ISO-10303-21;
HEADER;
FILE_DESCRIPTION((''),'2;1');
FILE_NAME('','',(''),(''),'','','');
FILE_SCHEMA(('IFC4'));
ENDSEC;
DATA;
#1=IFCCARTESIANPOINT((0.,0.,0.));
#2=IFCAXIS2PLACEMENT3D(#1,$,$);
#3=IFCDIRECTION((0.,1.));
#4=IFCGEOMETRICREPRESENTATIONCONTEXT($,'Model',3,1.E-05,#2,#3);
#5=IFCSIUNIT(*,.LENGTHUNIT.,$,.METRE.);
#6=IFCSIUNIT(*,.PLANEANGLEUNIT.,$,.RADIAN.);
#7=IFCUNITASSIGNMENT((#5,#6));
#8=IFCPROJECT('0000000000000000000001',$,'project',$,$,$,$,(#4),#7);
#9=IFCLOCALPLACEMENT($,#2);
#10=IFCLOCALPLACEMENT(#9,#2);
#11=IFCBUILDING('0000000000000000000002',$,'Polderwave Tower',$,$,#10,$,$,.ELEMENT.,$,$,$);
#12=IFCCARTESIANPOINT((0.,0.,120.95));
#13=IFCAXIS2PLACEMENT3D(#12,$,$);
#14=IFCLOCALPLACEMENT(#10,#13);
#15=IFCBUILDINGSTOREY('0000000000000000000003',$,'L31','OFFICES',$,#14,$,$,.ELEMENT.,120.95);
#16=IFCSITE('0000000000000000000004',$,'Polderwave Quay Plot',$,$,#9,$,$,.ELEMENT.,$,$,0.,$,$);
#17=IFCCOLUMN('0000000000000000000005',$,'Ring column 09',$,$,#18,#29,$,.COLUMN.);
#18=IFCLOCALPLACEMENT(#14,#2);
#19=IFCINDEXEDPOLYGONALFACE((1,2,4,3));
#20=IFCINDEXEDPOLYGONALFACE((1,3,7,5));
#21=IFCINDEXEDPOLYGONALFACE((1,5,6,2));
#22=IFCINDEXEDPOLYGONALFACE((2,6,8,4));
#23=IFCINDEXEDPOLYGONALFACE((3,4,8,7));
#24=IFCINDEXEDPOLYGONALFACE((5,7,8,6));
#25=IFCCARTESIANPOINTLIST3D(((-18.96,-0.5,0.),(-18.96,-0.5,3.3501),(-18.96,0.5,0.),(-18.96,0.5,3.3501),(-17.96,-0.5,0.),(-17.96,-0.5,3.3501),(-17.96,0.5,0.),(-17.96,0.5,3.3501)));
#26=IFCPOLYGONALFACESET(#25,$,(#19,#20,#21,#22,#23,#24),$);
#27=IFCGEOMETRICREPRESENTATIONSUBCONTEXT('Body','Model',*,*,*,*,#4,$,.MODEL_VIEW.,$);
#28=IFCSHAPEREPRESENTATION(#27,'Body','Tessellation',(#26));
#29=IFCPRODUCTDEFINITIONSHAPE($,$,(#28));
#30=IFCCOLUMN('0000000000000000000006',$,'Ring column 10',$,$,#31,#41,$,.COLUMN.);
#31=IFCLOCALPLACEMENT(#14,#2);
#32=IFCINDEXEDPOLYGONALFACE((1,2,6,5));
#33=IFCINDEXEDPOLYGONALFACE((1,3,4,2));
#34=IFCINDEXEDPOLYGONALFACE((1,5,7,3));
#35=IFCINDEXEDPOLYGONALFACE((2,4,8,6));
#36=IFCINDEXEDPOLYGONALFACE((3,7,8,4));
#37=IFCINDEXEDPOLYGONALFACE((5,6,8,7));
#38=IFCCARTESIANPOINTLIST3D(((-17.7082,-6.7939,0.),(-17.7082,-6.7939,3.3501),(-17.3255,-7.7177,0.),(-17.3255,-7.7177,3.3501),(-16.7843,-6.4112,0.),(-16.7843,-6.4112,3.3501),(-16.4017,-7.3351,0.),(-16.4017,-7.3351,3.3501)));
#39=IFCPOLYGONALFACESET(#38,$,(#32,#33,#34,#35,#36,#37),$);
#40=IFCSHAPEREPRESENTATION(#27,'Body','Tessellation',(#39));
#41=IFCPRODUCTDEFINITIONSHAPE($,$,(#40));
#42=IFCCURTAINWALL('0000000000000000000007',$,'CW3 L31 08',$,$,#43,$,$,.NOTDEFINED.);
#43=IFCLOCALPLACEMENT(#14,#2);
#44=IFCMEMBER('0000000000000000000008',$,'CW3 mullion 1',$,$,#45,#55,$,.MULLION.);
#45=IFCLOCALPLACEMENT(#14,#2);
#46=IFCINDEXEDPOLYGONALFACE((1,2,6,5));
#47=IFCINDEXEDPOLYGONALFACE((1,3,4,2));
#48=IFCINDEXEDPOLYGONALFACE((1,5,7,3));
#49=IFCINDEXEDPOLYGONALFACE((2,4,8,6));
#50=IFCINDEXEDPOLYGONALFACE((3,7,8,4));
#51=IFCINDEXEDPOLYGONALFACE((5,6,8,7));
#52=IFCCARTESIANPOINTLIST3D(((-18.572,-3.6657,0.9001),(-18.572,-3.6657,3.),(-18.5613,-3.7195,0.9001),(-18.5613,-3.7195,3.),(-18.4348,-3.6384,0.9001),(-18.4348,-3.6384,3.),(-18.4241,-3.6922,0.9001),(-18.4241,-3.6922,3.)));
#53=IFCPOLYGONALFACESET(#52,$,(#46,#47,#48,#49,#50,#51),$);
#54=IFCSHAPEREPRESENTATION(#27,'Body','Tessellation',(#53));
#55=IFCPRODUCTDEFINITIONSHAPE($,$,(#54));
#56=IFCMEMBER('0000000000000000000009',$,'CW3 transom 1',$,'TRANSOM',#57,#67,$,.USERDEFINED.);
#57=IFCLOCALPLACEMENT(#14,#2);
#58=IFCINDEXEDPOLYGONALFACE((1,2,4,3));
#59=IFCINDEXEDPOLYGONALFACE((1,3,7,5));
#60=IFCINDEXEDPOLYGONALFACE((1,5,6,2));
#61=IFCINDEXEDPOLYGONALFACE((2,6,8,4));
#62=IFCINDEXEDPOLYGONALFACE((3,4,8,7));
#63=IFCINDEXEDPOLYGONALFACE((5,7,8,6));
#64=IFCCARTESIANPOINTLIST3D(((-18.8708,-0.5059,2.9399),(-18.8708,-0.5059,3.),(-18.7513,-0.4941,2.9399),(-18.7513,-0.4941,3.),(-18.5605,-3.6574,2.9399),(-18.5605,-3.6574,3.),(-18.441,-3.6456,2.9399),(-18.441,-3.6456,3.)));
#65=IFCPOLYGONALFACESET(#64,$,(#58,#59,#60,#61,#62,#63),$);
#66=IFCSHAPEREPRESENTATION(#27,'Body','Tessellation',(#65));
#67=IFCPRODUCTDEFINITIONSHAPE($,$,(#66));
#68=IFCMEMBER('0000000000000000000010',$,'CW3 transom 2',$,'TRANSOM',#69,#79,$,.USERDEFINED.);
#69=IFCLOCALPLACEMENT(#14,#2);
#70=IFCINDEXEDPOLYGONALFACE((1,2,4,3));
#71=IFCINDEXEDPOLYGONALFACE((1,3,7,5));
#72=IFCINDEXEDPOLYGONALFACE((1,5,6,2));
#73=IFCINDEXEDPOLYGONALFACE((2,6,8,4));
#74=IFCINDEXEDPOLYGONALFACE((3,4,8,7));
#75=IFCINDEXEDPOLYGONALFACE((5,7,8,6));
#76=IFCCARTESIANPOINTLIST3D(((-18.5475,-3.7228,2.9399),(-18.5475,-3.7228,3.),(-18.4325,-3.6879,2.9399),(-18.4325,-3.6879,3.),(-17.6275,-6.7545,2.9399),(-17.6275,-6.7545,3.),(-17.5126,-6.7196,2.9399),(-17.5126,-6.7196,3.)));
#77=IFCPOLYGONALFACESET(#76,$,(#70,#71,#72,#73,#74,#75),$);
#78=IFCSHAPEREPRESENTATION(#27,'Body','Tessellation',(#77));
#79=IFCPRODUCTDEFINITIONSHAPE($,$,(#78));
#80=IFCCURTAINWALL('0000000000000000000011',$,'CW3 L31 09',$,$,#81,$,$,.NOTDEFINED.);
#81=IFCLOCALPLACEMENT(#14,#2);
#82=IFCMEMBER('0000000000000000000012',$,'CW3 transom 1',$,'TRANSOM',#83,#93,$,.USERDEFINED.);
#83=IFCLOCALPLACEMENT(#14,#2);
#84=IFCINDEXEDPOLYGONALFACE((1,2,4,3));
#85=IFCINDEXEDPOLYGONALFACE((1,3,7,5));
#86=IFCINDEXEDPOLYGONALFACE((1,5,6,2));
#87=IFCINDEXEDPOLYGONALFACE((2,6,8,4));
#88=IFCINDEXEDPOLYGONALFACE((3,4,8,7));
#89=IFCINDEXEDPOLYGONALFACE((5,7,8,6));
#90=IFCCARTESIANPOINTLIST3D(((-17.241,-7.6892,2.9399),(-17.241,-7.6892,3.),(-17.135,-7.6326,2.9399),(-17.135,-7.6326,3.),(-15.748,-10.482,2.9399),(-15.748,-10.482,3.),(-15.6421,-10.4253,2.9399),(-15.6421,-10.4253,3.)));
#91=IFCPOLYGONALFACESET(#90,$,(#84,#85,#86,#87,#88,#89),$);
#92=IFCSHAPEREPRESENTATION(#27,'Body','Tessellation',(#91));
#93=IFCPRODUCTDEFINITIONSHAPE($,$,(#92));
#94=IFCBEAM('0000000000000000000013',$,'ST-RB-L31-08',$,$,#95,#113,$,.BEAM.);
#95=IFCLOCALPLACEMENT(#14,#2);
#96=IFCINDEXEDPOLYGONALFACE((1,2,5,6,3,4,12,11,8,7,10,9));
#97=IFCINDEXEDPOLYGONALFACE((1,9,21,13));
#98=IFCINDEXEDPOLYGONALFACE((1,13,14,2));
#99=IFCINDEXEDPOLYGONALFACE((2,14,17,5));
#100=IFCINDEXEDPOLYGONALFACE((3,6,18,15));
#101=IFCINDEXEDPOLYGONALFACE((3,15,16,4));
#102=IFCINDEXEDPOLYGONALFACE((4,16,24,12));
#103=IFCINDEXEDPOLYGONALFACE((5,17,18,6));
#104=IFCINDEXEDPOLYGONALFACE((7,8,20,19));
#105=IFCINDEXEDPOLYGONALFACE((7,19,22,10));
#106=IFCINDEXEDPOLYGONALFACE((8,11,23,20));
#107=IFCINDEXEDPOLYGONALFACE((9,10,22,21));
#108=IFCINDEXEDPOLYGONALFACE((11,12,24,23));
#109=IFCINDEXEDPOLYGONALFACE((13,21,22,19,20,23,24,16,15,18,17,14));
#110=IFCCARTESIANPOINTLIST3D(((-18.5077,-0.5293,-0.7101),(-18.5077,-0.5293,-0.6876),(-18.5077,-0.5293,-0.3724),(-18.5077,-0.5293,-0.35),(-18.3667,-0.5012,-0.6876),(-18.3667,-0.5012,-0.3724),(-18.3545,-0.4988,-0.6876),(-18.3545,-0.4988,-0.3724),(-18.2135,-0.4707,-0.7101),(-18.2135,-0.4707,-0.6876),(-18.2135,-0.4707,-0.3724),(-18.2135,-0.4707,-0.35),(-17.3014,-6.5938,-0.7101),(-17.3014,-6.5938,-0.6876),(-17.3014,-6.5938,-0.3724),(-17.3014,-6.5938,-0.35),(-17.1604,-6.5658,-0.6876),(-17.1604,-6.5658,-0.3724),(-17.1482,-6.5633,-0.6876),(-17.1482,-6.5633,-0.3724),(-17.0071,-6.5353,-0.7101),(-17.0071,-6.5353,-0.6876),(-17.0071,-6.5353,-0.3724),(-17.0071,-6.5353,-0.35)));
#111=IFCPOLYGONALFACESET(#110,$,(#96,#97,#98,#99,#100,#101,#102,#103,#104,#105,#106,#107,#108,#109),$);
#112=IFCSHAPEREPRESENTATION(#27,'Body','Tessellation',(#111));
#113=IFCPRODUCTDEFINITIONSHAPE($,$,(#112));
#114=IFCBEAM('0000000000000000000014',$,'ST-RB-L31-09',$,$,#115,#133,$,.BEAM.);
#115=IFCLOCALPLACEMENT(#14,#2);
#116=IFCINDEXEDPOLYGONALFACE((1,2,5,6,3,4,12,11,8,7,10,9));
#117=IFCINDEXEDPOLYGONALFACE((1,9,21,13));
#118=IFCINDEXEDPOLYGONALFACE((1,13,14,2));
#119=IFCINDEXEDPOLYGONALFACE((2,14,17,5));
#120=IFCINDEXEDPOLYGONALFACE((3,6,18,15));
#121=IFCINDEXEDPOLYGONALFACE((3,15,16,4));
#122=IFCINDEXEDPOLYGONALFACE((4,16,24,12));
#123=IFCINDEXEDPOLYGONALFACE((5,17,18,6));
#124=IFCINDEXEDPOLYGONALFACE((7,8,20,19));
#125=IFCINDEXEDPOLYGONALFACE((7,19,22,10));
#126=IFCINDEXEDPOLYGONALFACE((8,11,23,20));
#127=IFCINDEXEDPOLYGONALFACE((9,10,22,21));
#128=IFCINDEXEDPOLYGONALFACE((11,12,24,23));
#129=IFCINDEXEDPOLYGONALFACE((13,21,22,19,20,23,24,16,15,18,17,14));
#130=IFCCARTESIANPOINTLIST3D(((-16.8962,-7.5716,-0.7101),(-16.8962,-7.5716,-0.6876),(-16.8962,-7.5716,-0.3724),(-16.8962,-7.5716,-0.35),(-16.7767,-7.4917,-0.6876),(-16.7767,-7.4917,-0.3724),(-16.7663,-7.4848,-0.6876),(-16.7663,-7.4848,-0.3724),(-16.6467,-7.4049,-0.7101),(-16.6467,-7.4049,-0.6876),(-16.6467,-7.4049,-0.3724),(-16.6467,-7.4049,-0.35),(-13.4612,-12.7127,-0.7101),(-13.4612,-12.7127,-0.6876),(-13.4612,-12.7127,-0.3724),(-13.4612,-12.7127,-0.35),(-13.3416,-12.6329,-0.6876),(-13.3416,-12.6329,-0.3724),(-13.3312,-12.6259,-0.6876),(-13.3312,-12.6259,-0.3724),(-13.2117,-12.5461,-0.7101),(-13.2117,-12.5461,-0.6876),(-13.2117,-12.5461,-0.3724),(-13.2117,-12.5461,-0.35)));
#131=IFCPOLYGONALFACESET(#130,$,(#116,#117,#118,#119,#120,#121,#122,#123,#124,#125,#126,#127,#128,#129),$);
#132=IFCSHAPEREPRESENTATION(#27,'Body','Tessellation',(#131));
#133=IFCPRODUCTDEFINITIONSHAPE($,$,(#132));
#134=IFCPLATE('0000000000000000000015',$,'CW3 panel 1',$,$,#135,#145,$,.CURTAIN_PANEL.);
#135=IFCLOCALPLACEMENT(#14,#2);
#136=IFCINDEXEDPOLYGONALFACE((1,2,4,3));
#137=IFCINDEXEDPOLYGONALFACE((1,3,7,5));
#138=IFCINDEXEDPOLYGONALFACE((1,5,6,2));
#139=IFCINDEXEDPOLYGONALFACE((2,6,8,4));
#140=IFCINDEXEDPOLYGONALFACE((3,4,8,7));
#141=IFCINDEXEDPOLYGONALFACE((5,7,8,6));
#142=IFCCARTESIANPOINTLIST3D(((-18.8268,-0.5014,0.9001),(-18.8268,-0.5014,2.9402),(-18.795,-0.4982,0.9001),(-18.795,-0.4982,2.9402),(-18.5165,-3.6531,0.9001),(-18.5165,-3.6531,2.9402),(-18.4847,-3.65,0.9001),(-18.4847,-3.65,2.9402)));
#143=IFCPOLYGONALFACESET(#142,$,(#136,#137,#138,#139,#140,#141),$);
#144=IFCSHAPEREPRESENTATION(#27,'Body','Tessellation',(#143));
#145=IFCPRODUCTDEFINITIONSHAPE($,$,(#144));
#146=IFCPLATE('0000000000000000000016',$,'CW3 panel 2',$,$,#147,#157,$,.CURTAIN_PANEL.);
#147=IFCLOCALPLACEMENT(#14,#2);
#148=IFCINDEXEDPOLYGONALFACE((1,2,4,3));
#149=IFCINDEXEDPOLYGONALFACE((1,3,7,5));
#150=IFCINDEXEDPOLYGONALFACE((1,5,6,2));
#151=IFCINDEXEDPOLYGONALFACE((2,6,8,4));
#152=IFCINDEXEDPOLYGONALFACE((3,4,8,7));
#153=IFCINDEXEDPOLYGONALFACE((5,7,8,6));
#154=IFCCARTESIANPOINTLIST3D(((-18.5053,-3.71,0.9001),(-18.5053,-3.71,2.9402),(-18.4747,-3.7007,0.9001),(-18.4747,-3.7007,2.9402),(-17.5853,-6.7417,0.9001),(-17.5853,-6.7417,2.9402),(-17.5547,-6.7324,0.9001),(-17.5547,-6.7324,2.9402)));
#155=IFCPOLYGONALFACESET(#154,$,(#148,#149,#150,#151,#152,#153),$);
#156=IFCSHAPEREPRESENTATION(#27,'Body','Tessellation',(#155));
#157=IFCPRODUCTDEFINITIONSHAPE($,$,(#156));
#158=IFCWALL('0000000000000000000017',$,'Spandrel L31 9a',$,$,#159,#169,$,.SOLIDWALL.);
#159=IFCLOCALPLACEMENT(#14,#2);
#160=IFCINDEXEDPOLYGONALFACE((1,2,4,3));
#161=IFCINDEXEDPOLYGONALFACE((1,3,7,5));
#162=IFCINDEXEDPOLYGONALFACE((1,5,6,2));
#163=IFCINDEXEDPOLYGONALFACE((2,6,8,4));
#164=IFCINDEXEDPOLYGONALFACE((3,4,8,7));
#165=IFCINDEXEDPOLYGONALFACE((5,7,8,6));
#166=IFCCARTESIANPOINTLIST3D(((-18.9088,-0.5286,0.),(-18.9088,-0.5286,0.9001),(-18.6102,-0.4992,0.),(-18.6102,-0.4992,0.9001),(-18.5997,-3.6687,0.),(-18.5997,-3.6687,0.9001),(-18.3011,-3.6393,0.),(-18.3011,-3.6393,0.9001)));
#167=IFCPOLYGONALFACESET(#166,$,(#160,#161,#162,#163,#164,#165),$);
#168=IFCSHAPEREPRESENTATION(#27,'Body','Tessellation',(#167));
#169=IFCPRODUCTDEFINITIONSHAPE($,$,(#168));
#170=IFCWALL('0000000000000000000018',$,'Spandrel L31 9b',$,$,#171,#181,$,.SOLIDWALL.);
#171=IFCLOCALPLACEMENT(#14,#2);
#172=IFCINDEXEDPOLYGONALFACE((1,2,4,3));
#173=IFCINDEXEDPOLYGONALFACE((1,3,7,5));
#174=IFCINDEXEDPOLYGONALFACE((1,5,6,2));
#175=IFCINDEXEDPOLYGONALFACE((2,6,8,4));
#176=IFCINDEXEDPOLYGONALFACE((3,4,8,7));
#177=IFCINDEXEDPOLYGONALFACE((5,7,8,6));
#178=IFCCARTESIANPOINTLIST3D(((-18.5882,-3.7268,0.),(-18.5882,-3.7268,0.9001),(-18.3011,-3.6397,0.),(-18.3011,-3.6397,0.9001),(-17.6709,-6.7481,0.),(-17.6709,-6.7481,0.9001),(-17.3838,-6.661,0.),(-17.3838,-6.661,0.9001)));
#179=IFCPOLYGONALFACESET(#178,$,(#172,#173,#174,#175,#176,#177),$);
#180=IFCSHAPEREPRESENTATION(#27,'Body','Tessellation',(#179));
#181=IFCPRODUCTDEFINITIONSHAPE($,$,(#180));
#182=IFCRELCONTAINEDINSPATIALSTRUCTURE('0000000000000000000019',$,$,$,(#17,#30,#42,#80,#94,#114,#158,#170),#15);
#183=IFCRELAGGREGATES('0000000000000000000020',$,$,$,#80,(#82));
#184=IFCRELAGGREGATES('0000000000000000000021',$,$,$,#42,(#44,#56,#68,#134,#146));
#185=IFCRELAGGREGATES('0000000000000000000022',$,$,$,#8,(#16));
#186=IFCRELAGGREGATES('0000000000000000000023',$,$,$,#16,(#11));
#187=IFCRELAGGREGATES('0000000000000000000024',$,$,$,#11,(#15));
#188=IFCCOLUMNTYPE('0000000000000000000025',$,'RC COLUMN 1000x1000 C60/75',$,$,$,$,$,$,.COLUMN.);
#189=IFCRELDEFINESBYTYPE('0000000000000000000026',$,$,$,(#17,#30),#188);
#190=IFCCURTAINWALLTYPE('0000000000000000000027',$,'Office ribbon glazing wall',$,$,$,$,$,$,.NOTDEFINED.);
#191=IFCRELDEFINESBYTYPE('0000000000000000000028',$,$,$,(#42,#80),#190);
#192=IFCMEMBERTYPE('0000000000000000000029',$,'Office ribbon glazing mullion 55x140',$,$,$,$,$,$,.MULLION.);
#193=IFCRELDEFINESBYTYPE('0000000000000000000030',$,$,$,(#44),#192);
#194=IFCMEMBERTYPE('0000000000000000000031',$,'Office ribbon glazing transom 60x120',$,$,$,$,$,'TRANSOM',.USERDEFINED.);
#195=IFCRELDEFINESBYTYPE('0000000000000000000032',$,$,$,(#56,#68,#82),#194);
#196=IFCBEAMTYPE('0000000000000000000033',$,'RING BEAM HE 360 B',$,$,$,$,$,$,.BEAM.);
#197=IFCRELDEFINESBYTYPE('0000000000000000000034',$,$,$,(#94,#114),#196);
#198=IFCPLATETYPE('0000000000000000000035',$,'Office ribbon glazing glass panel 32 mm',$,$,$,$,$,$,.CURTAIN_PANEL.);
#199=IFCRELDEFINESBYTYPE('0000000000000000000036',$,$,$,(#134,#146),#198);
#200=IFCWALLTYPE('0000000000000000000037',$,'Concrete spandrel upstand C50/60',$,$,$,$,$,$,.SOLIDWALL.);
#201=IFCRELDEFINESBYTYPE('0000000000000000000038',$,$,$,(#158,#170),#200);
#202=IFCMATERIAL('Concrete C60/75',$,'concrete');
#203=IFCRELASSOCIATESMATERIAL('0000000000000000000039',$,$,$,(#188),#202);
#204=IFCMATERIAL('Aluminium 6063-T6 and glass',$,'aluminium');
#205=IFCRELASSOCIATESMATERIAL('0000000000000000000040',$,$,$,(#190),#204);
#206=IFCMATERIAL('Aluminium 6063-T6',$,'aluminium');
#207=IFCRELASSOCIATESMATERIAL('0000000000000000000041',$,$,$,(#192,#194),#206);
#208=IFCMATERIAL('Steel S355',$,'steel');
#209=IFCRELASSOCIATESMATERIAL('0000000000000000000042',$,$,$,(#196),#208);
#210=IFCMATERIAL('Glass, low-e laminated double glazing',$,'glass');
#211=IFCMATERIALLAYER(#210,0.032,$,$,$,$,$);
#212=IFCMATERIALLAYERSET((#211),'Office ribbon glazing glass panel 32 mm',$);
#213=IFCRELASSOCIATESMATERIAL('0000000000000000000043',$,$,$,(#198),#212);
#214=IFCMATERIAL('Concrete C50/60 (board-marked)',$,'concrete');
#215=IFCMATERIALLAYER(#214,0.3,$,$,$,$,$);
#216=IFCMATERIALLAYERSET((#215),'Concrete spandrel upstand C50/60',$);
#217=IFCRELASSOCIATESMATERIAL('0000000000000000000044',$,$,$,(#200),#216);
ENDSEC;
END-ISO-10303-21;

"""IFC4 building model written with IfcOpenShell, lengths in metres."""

from ifc_helpers import new_model, si_unit, direction, frame, frame_2d, origin, origin_2d, place, context, subcontext, project, spatial, rectangle, i_section, extrude, material, layer, layer_set, material_profile, profile_set, type_object, element, aggregate, save


model = new_model("IFC4")

# Units and contexts
model_context = context("Model", 3, precision=1e-05, world=origin(), true_north=direction((0.0, 1.0)))
body_context = subcontext(model_context, "Body", "Model", "MODEL_VIEW")
ifc_project = project(units=[si_unit("LENGTHUNIT", "METRE"), si_unit("PLANEANGLEUNIT", "RADIAN")], contexts=[model_context])

# Site, building, storey
site_placement = place(None, origin())
site = spatial("IfcSite", under=ifc_project, at=site_placement, Name="Polderwave Quay Plot", CompositionType="ELEMENT", RefElevation=0.0)
building_placement = place(site_placement, origin())
building = spatial("IfcBuilding", under=site, at=building_placement, Name="Polderwave Tower", CompositionType="ELEMENT")
storey_placement = place(building_placement, frame((0.0, 0.0, 120.95)))
storey = spatial("IfcBuildingStorey", under=building, at=storey_placement, Name="L31", Description="OFFICES", CompositionType="ELEMENT", Elevation=120.95)

# Columns
ifc_material_1 = material(Name="Concrete C60/75", Category="concrete")
ifc_material_profile_1 = material_profile(ifc_material_1, rectangle(XDim=1.0, YDim=1.0, at=origin_2d()), Name="RC 1000x1000")
ifc_profile_set_1 = profile_set([ifc_material_profile_1], Name="Concrete C60/75")
column_type = type_object("IfcColumnType", Name="RC COLUMN 1000x1000 C60/75", PredefinedType="COLUMN", material=ifc_profile_set_1)
for number, where, z_axis, x_axis, name in (
    (1, (-18.46, 0.0, 0.0), (0.0, 0.0, 1.0), (-1.0, 0.0, 0.0), "Ring column 09"),
    (2, (-17.0549, -7.0645, 0.0), (0.0, 0.0, 1.0), (-0.92388, -0.382683, 0.0), "Ring column 10"),
):
    element("IfcColumn", number, at=place(storey_placement, frame(where, z_axis=z_axis, x_axis=x_axis)), inside=storey, type_object=column_type, Name=name, PredefinedType="COLUMN", context=body_context, shape_type="SweptSolid", body=[
        extrude(rectangle(XDim=1.0, YDim=1.0, at=origin_2d()), origin(), (0.0, 0.0, 1.0), 3.3501),
    ])

# Curtain wall, members
ifc_material_2 = material(Name="Aluminium 6063-T6 and glass", Category="aluminium")
curtain_wall_type = type_object("IfcCurtainWallType", Name="Office ribbon glazing wall", PredefinedType="NOTDEFINED", material=ifc_material_2)
curtain_wall_1_placement = place(storey_placement, origin())
curtain_wall_1 = element("IfcCurtainWall", 3, at=curtain_wall_1_placement, inside=storey, type_object=curtain_wall_type, Name="CW3 L31 08", PredefinedType="NOTDEFINED")
ifc_material_3 = material(Name="Aluminium 6063-T6", Category="aluminium")
ifc_material_profile_2 = material_profile(ifc_material_3, rectangle(XDim=0.1399, YDim=0.0549, at=origin_2d()), Name="AL 55x140")
ifc_profile_set_2 = profile_set([ifc_material_profile_2], Name="Aluminium 6063-T6")
member_type_1 = type_object("IfcMemberType", Name="Office ribbon glazing mullion 55x140", PredefinedType="MULLION", material=ifc_profile_set_2)
member_1_placement = place(storey_placement, frame((-18.498, -3.679, 0.9001), z_axis=(0.0, 0.0, 1.0), x_axis=(0.980778, 0.195128, 0.0)))
member_1 = element("IfcMember", 4, at=member_1_placement, type_object=member_type_1, Name="CW3 mullion 1", PredefinedType="MULLION", context=body_context, shape_type="SweptSolid", body=[
    extrude(rectangle(XDim=0.1399, YDim=0.0549, at=origin_2d()), origin(), (0.0, 0.0, 1.0), 2.0999),
])
ifc_material_profile_3 = material_profile(ifc_material_3, rectangle(XDim=0.1201, YDim=0.0601, at=origin_2d()), Name="AL 60x120")
ifc_profile_set_3 = profile_set([ifc_material_profile_3], Name="Aluminium 6063-T6")
member_type_2 = type_object("IfcMemberType", Name="Office ribbon glazing transom 60x120", ElementType="TRANSOM", PredefinedType="USERDEFINED", material=ifc_profile_set_3)
member_2_placement = place(storey_placement, frame((-18.811, -0.5, 2.97), z_axis=(0.097985, -0.995188, 0.0), x_axis=(0.995188, 0.097985, 0.0)))
member_2 = element("IfcMember", 5, at=member_2_placement, type_object=member_type_2, Name="CW3 transom 1", ObjectType="TRANSOM", PredefinedType="USERDEFINED", context=body_context, shape_type="SweptSolid", body=[
    extrude(rectangle(XDim=0.1201, YDim=0.0601, at=origin_2d()), origin(), (0.0, 0.0, 1.0), 3.1667),
])
member_3_placement = place(storey_placement, frame((-18.49, -3.7053, 2.97), z_axis=(0.290358, -0.956918, 0.0), x_axis=(0.956918, 0.290358, 0.0)))
member_3 = element("IfcMember", 6, at=member_3_placement, type_object=member_type_2, Name="CW3 transom 2", ObjectType="TRANSOM", PredefinedType="USERDEFINED", context=body_context, shape_type="SweptSolid", body=[
    extrude(rectangle(XDim=0.1201, YDim=0.0601, at=origin_2d()), origin(), (0.0, 0.0, 1.0), 3.1682),
])

# Curtain wall, member
curtain_wall_2_placement = place(storey_placement, origin())
curtain_wall_2 = element("IfcCurtainWall", 7, at=curtain_wall_2_placement, inside=storey, type_object=curtain_wall_type, Name="CW3 L31 09", PredefinedType="NOTDEFINED")
member_4_placement = place(storey_placement, frame((-17.188, -7.6609, 2.97), z_axis=(0.47144, -0.881898, 0.0), x_axis=(0.881898, 0.47144, 0.0)))
member_4 = element("IfcMember", 8, at=member_4_placement, type_object=member_type_2, Name="CW3 transom 1", ObjectType="TRANSOM", PredefinedType="USERDEFINED", context=body_context, shape_type="SweptSolid", body=[
    extrude(rectangle(XDim=0.1201, YDim=0.0601, at=origin_2d()), origin(), (0.0, 0.0, 1.0), 3.1667),
])
aggregate(curtain_wall_2, [member_4])

# Beams
ifc_material_4 = material(Name="Steel S355", Category="steel")
ifc_material_profile_4 = material_profile(ifc_material_4, i_section(OverallWidth=0.3, OverallDepth=0.3601, WebThickness=0.0125, FlangeThickness=0.0225, at=origin_2d()), Name="HE 360 B")
ifc_profile_set_4 = profile_set([ifc_material_profile_4], Name="Steel S355")
beam_type = type_object("IfcBeamType", Name="RING BEAM HE 360 B", PredefinedType="BEAM", material=ifc_profile_set_4)
beam_1_placement = place(storey_placement, frame((-18.3606, -0.5, -0.53), z_axis=(0.195091, -0.980785, 0.0), x_axis=(0.980785, 0.195091, 0.0)))
element("IfcBeam", 9, at=beam_1_placement, inside=storey, type_object=beam_type, Name="ST-RB-L31-08", PredefinedType="BEAM", context=body_context, shape_type="SweptSolid", body=[
    extrude(i_section(OverallWidth=0.3, OverallDepth=0.3601, WebThickness=0.0125, FlangeThickness=0.0225, at=origin_2d()), origin(), (0.0, 0.0, 1.0), 6.1833),
])
beam_2_placement = place(storey_placement, frame((-16.7715, -7.4883, -0.53), z_axis=(0.555556, -0.831479, 0.0), x_axis=(0.831479, 0.555556, 0.0)))
element("IfcBeam", 10, at=beam_2_placement, inside=storey, type_object=beam_type, Name="ST-RB-L31-09", PredefinedType="BEAM", context=body_context, shape_type="SweptSolid", body=[
    extrude(i_section(OverallWidth=0.3, OverallDepth=0.3601, WebThickness=0.0125, FlangeThickness=0.0225, at=origin_2d()), origin(), (0.0, 0.0, 1.0), 6.1831),
])

# Plates
ifc_material_5 = material(Name="Glass, low-e laminated double glazing", Category="glass")
ifc_layer_1 = layer(ifc_material_5, 0.032)
ifc_layer_set_1 = layer_set([ifc_layer_1], Name="Office ribbon glazing glass panel 32 mm")
plate_type = type_object("IfcPlateType", Name="Office ribbon glazing glass panel 32 mm", PredefinedType="CURTAIN_PANEL", material=ifc_layer_set_1)
plate_1_placement = place(storey_placement, frame((-18.6558, -2.0757, 0.9001), z_axis=(0.0, 0.0, 1.0), x_axis=(0.097984, -0.995188, 0.0)))
plate_1 = element("IfcPlate", 11, at=plate_1_placement, type_object=plate_type, Name="CW3 panel 1", PredefinedType="CURTAIN_PANEL", context=body_context, shape_type="SweptSolid", body=[
    extrude(rectangle(XDim=3.167, YDim=0.032, at=origin_2d()), origin(), (0.0, 0.0, 1.0), 2.04),
])
plate_2_placement = place(storey_placement, frame((-18.03, -5.2212, 0.9001), z_axis=(0.0, 0.0, 1.0), x_axis=(0.29039, -0.956908, 0.0)))
plate_2 = element("IfcPlate", 12, at=plate_2_placement, type_object=plate_type, Name="CW3 panel 2", PredefinedType="CURTAIN_PANEL", context=body_context, shape_type="SweptSolid", body=[
    extrude(rectangle(XDim=3.1682, YDim=0.032, at=origin_2d()), origin(), (0.0, 0.0, 1.0), 2.04),
])
aggregate(curtain_wall_1, [member_1, member_2, member_3, plate_1, plate_2])

# Walls
ifc_material_6 = material(Name="Concrete C50/60 (board-marked)", Category="concrete")
ifc_layer_2 = layer(ifc_material_6, 0.3)
ifc_layer_set_2 = layer_set([ifc_layer_2], Name="Concrete spandrel upstand C50/60")
wall_type_1 = type_object("IfcWallType", Name="Concrete spandrel upstand C50/60", PredefinedType="SOLIDWALL", material=ifc_layer_set_2)
wall_1_placement = place(storey_placement, frame((-18.7595, -0.5139, 0.0), z_axis=(0.0, 0.0, 1.0), x_axis=(0.097956, -0.995191, 0.0)))
element("IfcWall", 13, at=wall_1_placement, inside=storey, type_object=wall_type_1, Name="Spandrel L31 9a", PredefinedType="SOLIDWALL", context=body_context, shape_type="SweptSolid", body=[
    extrude(rectangle(XDim=3.1553, YDim=0.3, at=frame_2d((1.5776, 0.0))), origin(), (0.0, 0.0, 1.0), 0.9001),
])
wall_2_placement = place(storey_placement, frame((-18.4446, -3.6833, 0.0), z_axis=(0.0, 0.0, 1.0), x_axis=(0.290503, -0.956874, 0.0)))
element("IfcWall", 14, at=wall_2_placement, inside=storey, type_object=wall_type_1, Name="Spandrel L31 9b", PredefinedType="SOLIDWALL", context=body_context, shape_type="SweptSolid", body=[
    extrude(rectangle(XDim=3.1575, YDim=0.3, at=frame_2d((1.5786, 0.0))), origin(), (0.0, 0.0, 1.0), 0.9001),
])

save(model, "model.ifc")
